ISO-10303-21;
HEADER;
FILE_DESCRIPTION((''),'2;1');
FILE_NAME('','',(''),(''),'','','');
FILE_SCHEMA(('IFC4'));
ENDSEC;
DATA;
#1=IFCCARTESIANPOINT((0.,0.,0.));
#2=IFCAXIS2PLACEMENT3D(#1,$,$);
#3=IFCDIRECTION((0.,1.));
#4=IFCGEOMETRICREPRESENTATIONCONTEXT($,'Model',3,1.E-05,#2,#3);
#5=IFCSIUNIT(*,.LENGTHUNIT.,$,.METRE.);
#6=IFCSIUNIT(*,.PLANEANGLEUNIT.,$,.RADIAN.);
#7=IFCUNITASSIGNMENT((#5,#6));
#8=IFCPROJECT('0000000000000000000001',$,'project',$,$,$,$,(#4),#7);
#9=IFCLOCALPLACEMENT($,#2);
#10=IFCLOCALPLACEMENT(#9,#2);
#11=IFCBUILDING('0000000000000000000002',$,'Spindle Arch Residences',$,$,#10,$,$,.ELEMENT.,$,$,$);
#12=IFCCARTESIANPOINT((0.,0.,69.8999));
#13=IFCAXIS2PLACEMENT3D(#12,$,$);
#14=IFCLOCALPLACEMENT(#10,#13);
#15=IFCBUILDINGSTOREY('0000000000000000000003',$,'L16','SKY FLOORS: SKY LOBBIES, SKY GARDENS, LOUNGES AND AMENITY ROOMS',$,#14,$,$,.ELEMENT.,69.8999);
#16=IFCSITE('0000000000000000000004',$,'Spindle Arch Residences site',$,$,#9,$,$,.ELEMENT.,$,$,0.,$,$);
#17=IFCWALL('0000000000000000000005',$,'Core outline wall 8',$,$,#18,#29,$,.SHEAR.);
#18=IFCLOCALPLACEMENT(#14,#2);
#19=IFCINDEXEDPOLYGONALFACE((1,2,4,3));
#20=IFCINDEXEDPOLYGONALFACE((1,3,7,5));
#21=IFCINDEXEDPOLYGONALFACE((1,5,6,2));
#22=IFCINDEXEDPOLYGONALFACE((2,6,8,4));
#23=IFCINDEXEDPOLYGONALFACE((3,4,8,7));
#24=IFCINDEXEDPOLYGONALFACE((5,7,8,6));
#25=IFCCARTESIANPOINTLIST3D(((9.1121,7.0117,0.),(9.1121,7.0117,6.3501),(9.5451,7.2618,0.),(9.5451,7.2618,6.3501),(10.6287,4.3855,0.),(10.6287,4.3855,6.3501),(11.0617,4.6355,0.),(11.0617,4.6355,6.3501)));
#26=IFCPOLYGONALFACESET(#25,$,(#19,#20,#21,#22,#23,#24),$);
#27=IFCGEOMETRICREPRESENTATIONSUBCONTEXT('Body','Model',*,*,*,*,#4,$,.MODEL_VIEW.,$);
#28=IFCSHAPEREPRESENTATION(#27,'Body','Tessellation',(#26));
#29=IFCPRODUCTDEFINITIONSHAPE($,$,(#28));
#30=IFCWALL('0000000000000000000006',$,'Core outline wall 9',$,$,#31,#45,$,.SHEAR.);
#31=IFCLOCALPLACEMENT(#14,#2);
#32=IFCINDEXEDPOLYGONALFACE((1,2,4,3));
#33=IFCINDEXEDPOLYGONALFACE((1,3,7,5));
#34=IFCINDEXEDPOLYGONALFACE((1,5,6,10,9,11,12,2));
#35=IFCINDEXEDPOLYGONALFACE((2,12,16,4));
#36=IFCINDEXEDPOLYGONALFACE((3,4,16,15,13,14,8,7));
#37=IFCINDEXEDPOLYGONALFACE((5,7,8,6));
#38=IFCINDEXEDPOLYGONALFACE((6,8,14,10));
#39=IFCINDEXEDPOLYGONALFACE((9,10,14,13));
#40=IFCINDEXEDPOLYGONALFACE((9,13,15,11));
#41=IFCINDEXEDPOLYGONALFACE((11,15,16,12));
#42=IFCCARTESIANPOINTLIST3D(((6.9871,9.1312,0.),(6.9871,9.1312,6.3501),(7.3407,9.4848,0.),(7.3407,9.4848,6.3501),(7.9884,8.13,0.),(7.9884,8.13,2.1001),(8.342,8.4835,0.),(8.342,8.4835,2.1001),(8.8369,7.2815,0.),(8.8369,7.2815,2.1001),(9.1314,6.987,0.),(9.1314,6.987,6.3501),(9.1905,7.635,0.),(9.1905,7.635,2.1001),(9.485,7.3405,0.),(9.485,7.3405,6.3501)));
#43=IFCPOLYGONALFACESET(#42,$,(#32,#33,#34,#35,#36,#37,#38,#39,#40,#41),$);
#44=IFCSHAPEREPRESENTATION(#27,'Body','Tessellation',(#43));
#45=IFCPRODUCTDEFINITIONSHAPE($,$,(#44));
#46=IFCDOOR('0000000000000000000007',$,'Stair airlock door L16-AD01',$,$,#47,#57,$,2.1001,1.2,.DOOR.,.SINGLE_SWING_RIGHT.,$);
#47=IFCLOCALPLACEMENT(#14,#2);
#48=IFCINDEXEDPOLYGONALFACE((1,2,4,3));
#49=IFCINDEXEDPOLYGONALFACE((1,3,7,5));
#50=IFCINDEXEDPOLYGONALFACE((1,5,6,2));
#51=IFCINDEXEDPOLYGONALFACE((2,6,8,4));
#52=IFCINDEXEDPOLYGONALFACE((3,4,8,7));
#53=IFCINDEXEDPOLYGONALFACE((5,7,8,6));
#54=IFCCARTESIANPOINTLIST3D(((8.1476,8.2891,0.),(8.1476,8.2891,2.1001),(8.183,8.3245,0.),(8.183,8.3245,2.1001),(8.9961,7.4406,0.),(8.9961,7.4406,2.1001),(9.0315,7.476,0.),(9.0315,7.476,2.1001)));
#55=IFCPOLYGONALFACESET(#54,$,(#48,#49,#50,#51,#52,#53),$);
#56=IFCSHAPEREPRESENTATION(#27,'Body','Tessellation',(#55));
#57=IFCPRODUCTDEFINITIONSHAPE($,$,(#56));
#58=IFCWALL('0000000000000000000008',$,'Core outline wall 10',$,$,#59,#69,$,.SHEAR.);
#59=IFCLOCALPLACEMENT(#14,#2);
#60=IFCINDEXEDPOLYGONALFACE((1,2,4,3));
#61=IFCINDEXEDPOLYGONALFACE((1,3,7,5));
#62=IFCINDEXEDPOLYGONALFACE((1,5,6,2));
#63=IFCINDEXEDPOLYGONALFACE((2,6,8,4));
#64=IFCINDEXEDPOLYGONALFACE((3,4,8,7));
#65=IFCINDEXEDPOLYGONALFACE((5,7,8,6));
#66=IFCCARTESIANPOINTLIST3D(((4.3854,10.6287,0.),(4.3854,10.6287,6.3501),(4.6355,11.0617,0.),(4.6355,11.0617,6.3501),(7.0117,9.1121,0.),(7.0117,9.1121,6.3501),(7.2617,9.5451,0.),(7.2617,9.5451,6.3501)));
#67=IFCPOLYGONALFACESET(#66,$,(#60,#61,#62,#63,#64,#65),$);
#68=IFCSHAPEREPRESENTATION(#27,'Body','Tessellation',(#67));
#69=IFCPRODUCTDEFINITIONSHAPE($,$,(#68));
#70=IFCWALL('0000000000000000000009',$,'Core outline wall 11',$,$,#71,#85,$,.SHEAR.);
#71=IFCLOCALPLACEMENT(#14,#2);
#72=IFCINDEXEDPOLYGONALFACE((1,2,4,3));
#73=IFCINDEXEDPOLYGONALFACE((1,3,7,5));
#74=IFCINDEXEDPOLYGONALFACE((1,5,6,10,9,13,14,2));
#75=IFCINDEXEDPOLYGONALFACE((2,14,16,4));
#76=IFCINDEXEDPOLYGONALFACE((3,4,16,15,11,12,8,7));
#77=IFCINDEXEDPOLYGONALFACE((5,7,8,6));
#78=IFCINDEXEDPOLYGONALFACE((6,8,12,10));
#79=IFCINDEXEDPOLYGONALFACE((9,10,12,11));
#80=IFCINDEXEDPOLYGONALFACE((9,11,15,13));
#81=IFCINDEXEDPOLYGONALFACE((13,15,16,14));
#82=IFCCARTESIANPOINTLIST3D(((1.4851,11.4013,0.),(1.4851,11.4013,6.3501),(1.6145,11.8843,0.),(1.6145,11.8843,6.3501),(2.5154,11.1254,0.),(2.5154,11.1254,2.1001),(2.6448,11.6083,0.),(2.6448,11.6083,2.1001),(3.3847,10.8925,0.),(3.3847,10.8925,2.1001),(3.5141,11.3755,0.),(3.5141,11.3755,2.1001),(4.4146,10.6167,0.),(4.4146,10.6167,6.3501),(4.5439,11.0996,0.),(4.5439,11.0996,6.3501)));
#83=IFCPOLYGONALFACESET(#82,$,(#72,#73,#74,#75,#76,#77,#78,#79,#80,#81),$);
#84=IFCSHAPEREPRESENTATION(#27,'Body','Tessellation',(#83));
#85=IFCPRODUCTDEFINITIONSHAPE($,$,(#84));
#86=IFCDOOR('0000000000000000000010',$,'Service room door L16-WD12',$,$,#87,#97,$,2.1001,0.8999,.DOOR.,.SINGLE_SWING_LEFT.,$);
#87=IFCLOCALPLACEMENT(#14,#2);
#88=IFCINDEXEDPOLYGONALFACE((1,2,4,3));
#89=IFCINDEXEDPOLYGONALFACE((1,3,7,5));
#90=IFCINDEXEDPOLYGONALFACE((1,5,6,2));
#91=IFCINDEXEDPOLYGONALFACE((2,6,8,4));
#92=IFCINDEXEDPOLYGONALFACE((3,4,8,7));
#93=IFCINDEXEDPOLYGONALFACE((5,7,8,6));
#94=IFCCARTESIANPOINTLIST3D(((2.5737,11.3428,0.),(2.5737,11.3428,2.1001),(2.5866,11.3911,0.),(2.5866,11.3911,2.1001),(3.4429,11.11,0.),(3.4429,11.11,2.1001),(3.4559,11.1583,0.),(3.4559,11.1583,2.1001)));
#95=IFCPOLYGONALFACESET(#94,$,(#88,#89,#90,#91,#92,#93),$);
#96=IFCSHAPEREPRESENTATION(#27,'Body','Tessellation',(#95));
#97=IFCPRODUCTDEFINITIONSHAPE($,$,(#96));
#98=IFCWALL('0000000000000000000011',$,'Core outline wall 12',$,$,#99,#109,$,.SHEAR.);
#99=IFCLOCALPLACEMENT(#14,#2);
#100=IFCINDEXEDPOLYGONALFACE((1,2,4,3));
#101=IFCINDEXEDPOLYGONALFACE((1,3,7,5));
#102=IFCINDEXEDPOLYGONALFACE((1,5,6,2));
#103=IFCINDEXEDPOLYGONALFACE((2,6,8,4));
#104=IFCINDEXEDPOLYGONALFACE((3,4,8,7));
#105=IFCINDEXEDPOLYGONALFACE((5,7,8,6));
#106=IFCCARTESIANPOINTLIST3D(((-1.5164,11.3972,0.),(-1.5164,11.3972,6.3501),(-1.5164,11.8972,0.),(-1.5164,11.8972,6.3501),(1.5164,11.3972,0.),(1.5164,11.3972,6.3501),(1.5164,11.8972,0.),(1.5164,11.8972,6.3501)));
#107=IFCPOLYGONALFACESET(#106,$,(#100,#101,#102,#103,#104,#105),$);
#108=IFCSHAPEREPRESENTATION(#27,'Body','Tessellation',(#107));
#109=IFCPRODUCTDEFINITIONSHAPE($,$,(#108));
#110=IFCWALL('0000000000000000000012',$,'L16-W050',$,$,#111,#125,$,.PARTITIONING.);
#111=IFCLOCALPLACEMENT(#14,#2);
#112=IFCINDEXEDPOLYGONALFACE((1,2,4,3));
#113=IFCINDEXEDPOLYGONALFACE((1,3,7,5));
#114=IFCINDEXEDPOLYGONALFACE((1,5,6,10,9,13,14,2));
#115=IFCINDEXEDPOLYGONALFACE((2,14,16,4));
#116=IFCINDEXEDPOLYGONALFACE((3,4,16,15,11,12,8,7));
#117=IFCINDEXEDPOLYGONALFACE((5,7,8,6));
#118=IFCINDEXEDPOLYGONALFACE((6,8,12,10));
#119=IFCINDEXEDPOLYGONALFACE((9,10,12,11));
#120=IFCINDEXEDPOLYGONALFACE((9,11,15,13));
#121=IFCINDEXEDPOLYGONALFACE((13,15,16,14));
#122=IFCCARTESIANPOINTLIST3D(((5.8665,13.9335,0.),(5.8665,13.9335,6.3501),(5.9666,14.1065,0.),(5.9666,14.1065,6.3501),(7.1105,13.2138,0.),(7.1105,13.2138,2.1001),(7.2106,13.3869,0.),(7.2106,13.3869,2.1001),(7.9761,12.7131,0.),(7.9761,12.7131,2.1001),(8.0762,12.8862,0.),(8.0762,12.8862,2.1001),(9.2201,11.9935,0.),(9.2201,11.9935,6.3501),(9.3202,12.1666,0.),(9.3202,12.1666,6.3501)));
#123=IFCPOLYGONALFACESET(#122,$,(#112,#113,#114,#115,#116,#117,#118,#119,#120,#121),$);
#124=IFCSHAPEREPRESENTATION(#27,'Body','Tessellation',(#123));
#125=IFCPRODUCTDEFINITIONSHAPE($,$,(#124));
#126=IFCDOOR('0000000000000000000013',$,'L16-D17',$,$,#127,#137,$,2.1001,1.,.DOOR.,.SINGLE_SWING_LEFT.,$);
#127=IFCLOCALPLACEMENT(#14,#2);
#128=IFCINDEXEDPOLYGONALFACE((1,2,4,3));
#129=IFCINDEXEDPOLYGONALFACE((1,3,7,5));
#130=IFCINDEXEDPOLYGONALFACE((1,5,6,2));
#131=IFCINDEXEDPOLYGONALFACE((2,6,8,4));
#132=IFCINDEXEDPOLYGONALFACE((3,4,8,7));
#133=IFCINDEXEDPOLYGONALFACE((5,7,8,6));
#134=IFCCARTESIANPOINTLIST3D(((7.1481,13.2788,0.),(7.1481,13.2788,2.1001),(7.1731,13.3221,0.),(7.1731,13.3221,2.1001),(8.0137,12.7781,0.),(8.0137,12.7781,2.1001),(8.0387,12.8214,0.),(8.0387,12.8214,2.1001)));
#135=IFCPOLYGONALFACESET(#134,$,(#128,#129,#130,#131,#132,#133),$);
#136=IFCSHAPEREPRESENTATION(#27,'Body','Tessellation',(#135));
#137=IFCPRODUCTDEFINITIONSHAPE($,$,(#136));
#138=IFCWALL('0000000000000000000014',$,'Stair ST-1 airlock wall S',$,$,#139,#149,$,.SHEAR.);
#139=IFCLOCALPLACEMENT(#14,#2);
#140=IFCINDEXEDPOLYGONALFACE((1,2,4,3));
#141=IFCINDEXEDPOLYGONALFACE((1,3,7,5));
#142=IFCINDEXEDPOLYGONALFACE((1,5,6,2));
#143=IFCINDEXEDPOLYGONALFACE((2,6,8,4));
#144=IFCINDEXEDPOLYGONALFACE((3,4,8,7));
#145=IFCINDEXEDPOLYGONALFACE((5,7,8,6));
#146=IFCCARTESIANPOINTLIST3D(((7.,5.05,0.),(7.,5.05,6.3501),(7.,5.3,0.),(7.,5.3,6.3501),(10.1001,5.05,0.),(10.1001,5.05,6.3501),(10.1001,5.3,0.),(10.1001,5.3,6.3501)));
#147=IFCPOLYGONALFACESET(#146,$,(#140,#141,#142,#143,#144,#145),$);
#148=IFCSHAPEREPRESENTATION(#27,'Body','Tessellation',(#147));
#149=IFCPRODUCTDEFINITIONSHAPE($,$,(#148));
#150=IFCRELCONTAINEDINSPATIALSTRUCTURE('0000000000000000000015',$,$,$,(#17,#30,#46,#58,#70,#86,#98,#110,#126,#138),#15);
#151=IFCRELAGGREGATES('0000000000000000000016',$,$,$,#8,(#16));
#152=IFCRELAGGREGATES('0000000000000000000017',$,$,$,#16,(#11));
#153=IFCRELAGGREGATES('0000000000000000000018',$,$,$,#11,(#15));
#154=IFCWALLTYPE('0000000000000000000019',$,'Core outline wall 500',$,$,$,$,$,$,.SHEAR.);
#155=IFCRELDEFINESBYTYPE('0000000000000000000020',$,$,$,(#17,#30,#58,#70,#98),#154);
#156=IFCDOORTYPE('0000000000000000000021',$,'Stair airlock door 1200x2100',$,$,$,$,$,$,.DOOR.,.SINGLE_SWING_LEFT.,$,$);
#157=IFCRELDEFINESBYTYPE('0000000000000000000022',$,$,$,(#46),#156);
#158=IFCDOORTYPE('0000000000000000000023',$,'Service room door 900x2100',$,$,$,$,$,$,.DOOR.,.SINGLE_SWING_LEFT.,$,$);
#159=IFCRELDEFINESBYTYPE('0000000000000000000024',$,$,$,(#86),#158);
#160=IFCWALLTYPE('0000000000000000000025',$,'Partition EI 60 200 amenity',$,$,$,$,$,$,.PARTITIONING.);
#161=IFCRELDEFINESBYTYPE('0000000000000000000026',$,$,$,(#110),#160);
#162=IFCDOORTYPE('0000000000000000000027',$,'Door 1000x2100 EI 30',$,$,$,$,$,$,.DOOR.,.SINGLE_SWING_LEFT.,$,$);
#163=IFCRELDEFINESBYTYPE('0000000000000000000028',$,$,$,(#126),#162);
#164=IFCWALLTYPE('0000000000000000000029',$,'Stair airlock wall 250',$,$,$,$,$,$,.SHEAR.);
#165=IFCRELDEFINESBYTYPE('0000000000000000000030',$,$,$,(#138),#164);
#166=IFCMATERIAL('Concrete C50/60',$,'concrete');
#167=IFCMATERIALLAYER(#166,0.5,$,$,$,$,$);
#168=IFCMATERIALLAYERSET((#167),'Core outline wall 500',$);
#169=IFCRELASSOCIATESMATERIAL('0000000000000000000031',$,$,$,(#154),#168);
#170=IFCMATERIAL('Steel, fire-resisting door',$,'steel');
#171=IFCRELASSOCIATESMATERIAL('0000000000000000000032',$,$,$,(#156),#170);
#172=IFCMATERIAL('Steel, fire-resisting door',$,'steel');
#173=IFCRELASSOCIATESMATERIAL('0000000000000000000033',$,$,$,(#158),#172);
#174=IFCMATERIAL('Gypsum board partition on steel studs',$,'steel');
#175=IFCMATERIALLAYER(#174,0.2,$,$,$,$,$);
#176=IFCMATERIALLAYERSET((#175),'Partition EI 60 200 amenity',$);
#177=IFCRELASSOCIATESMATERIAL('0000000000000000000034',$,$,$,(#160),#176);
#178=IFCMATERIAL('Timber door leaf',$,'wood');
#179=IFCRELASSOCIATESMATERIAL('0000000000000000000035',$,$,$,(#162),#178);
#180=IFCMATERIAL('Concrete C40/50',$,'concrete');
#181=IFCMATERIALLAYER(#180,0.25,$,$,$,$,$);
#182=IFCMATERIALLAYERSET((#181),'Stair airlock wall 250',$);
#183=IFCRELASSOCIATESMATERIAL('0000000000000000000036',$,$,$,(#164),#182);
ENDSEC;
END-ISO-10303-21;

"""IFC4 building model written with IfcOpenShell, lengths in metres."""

from ifc_helpers import new_model, si_unit, direction, frame, frame_2d, origin, place, context, subcontext, project, spatial, rectangle, extrude, material, layer, layer_set, type_object, element, fill, save


model = new_model("IFC4")

# Units and contexts
model_context = context("Model", 3, precision=1e-05, world=origin(), true_north=direction((0.0, 1.0)))
body_context = subcontext(model_context, "Body", "Model", "MODEL_VIEW")
ifc_project = project(units=[si_unit("LENGTHUNIT", "METRE"), si_unit("PLANEANGLEUNIT", "RADIAN")], contexts=[model_context])

# Site, building, storey
site_placement = place(None, origin())
site = spatial("IfcSite", under=ifc_project, at=site_placement, Name="Spindle Arch Residences site", CompositionType="ELEMENT", RefElevation=0.0)
building_placement = place(site_placement, origin())
building = spatial("IfcBuilding", under=site, at=building_placement, Name="Spindle Arch Residences", CompositionType="ELEMENT")
storey_placement = place(building_placement, frame((0.0, 0.0, 69.8999)))
storey = spatial("IfcBuildingStorey", under=building, at=storey_placement, Name="L16", Description="SKY FLOORS: SKY LOBBIES, SKY GARDENS, LOUNGES AND AMENITY ROOMS", CompositionType="ELEMENT", Elevation=69.8999)

# Wall
ifc_material_1 = material(Name="Concrete C50/60", Category="concrete")
ifc_layer_1 = layer(ifc_material_1, 0.5)
ifc_layer_set_1 = layer_set([ifc_layer_1], Name="Core outline wall 500")
wall_type_1 = type_object("IfcWallType", Name="Core outline wall 500", PredefinedType="SHEAR", material=ifc_layer_set_1)
wall_1_placement = place(storey_placement, frame((10.8452, 4.5105, 0.0), z_axis=(0.0, 0.0, 1.0), x_axis=(-0.500087, 0.865975, 0.0)))
element("IfcWall", 1, at=wall_1_placement, inside=storey, type_object=wall_type_1, Name="Core outline wall 8", PredefinedType="SHEAR", context=body_context, shape_type="SweptSolid", body=[
    extrude(rectangle(XDim=3.0327, YDim=0.5, at=frame_2d((1.5164, 0.0))), origin(), (0.0, 0.0, 1.0), 6.3501),
])

# Wall, opening, door
wall_2_placement = place(storey_placement, frame((9.3081, 7.1638, 0.0), z_axis=(0.0, 0.0, 1.0), x_axis=(-0.707107, 0.707107, 0.0)))
wall_2 = element("IfcWall", 2, at=wall_2_placement, inside=storey, type_object=wall_type_1, Name="Core outline wall 9", PredefinedType="SHEAR", context=body_context, shape_type="SweptSolid", body=[
    extrude(rectangle(XDim=3.0325, YDim=0.5, at=frame_2d((1.5161, 0.0))), origin(), (0.0, 0.0, 1.0), 6.3501),
])
opening_1_placement = place(wall_2_placement, frame((0.4163, 0.0, 0.0)))
opening_1 = element("IfcOpeningElement", 3, at=opening_1_placement, cuts=wall_2, PredefinedType="OPENING", context=body_context, shape_type="SweptSolid", body=[
    extrude(rectangle(XDim=1.2, YDim=2.1001, at=frame_2d((0.6001, 1.05))), frame((0.0, 0.26, 0.0), z_axis=(0.0, -1.0, 0.0), x_axis=(1.0, 0.0, 0.0)), (0.0, 0.0, 1.0), 0.52),
])
ifc_material_2 = material(Name="Steel, fire-resisting door", Category="steel")
door_type_1 = type_object("IfcDoorType", Name="Stair airlock door 1200x2100", OperationType="SINGLE_SWING_LEFT", PredefinedType="DOOR", material=ifc_material_2)
door_1_placement = place(opening_1_placement, origin())
door_1 = element("IfcDoor", 4, at=door_1_placement, inside=storey, type_object=door_type_1, Name="Stair airlock door L16-AD01", OperationType="SINGLE_SWING_RIGHT", OverallHeight=2.1001, OverallWidth=1.2, PredefinedType="DOOR", context=body_context, shape_type="SweptSolid", body=[
    extrude(rectangle(XDim=1.2, YDim=2.1001, at=frame_2d((0.6001, 1.05))), frame((0.0, 0.0249, 0.0), z_axis=(0.0, -1.0, 0.0), x_axis=(1.0, 0.0, 0.0)), (0.0, 0.0, 1.0), 0.05),
])
fill(opening_1, door_1)

# Wall
wall_3_placement = place(storey_placement, frame((7.1367, 9.3286, 0.0), z_axis=(0.0, 0.0, 1.0), x_axis=(-0.865975, 0.500087, 0.0)))
element("IfcWall", 5, at=wall_3_placement, inside=storey, type_object=wall_type_1, Name="Core outline wall 10", PredefinedType="SHEAR", context=body_context, shape_type="SweptSolid", body=[
    extrude(rectangle(XDim=3.0327, YDim=0.5, at=frame_2d((1.5164, 0.0))), origin(), (0.0, 0.0, 1.0), 6.3501),
])

# Wall, opening, door
wall_4_placement = place(storey_placement, frame((4.4792, 10.8582, 0.0), z_axis=(0.0, 0.0, 1.0), x_axis=(-0.965948, 0.258735, 0.0)))
wall_4 = element("IfcWall", 6, at=wall_4_placement, inside=storey, type_object=wall_type_1, Name="Core outline wall 11", PredefinedType="SHEAR", context=body_context, shape_type="SweptSolid", body=[
    extrude(rectangle(XDim=3.0327, YDim=0.5, at=frame_2d((1.5164, 0.0))), origin(), (0.0, 0.0, 1.0), 6.3501),
])
opening_2_placement = place(wall_4_placement, frame((1.0662, 0.0, 0.0)))
opening_2 = element("IfcOpeningElement", 7, at=opening_2_placement, cuts=wall_4, PredefinedType="OPENING", context=body_context, shape_type="SweptSolid", body=[
    extrude(rectangle(XDim=0.8999, YDim=2.1001, at=frame_2d((0.45, 1.05))), frame((0.0, 0.26, 0.0), z_axis=(0.0, -1.0, 0.0), x_axis=(1.0, 0.0, 0.0)), (0.0, 0.0, 1.0), 0.52),
])
ifc_material_3 = material(Name="Steel, fire-resisting door", Category="steel")
door_type_2 = type_object("IfcDoorType", Name="Service room door 900x2100", OperationType="SINGLE_SWING_LEFT", PredefinedType="DOOR", material=ifc_material_3)
door_2_placement = place(opening_2_placement, origin())
door_2 = element("IfcDoor", 8, at=door_2_placement, inside=storey, type_object=door_type_2, Name="Service room door L16-WD12", OperationType="SINGLE_SWING_LEFT", OverallHeight=2.1001, OverallWidth=0.8999, PredefinedType="DOOR", context=body_context, shape_type="SweptSolid", body=[
    extrude(rectangle(XDim=0.8999, YDim=2.1001, at=frame_2d((0.45, 1.05))), frame((0.0, 0.0249, 0.0), z_axis=(0.0, -1.0, 0.0), x_axis=(1.0, 0.0, 0.0)), (0.0, 0.0, 1.0), 0.05),
])
fill(opening_2, door_2)

# Wall
wall_5_placement = place(storey_placement, frame((1.5164, 11.6472, 0.0), z_axis=(0.0, 0.0, 1.0), x_axis=(-1.0, 0.0, 0.0)))
element("IfcWall", 9, at=wall_5_placement, inside=storey, type_object=wall_type_1, Name="Core outline wall 12", PredefinedType="SHEAR", context=body_context, shape_type="SweptSolid", body=[
    extrude(rectangle(XDim=3.0327, YDim=0.5, at=frame_2d((1.5164, 0.0))), origin(), (0.0, 0.0, 1.0), 6.3501),
])

# Wall, opening, door
ifc_material_4 = material(Name="Gypsum board partition on steel studs", Category="steel")
ifc_layer_2 = layer(ifc_material_4, 0.2)
ifc_layer_set_2 = layer_set([ifc_layer_2], Name="Partition EI 60 200 amenity")
wall_type_2 = type_object("IfcWallType", Name="Partition EI 60 200 amenity", PredefinedType="PARTITIONING", material=ifc_layer_set_2)
wall_6_placement = place(storey_placement, frame((9.27, 12.0801, 0.0), z_axis=(0.0, 0.0, 1.0), x_axis=(-0.865602, 0.500733, 0.0)))
wall_6 = element("IfcWall", 10, at=wall_6_placement, inside=storey, type_object=wall_type_2, Name="L16-W050", PredefinedType="PARTITIONING", context=body_context, shape_type="SweptSolid", body=[
    extrude(rectangle(XDim=3.8743, YDim=0.2, at=frame_2d((1.937, 0.0))), origin(), (0.0, 0.0, 1.0), 6.3501),
])
opening_3_placement = place(wall_6_placement, frame((1.437, 0.0, 0.0)))
opening_3 = element("IfcOpeningElement", 11, at=opening_3_placement, cuts=wall_6, PredefinedType="OPENING", context=body_context, shape_type="SweptSolid", body=[
    extrude(rectangle(XDim=1.0, YDim=2.1001, at=frame_2d((0.5, 1.05))), frame((0.0, 0.1099, 0.0), z_axis=(0.0, -1.0, 0.0), x_axis=(1.0, 0.0, 0.0)), (0.0, 0.0, 1.0), 0.22),
])
ifc_material_5 = material(Name="Timber door leaf", Category="wood")
door_type_3 = type_object("IfcDoorType", Name="Door 1000x2100 EI 30", OperationType="SINGLE_SWING_LEFT", PredefinedType="DOOR", material=ifc_material_5)
door_3_placement = place(opening_3_placement, origin())
door_3 = element("IfcDoor", 12, at=door_3_placement, inside=storey, type_object=door_type_3, Name="L16-D17", OperationType="SINGLE_SWING_LEFT", OverallHeight=2.1001, OverallWidth=1.0, PredefinedType="DOOR", context=body_context, shape_type="SweptSolid", body=[
    extrude(rectangle(XDim=1.0, YDim=2.1001, at=frame_2d((0.5, 1.05))), frame((0.0, 0.0249, 0.0), z_axis=(0.0, -1.0, 0.0), x_axis=(1.0, 0.0, 0.0)), (0.0, 0.0, 1.0), 0.05),
])
fill(opening_3, door_3)

# Wall
ifc_material_6 = material(Name="Concrete C40/50", Category="concrete")
ifc_layer_3 = layer(ifc_material_6, 0.25)
ifc_layer_set_3 = layer_set([ifc_layer_3], Name="Stair airlock wall 250")
wall_type_3 = type_object("IfcWallType", Name="Stair airlock wall 250", PredefinedType="SHEAR", material=ifc_layer_set_3)
wall_7_placement = place(storey_placement, frame((7.0, 5.175, 0.0), z_axis=(0.0, 0.0, 1.0), x_axis=(1.0, 0.0, 0.0)))
element("IfcWall", 13, at=wall_7_placement, inside=storey, type_object=wall_type_3, Name="Stair ST-1 airlock wall S", PredefinedType="SHEAR", context=body_context, shape_type="SweptSolid", body=[
    extrude(rectangle(XDim=3.1001, YDim=0.25, at=frame_2d((1.55, 0.0))), origin(), (0.0, 0.0, 1.0), 6.3501),
])

save(model, "model.ifc")
